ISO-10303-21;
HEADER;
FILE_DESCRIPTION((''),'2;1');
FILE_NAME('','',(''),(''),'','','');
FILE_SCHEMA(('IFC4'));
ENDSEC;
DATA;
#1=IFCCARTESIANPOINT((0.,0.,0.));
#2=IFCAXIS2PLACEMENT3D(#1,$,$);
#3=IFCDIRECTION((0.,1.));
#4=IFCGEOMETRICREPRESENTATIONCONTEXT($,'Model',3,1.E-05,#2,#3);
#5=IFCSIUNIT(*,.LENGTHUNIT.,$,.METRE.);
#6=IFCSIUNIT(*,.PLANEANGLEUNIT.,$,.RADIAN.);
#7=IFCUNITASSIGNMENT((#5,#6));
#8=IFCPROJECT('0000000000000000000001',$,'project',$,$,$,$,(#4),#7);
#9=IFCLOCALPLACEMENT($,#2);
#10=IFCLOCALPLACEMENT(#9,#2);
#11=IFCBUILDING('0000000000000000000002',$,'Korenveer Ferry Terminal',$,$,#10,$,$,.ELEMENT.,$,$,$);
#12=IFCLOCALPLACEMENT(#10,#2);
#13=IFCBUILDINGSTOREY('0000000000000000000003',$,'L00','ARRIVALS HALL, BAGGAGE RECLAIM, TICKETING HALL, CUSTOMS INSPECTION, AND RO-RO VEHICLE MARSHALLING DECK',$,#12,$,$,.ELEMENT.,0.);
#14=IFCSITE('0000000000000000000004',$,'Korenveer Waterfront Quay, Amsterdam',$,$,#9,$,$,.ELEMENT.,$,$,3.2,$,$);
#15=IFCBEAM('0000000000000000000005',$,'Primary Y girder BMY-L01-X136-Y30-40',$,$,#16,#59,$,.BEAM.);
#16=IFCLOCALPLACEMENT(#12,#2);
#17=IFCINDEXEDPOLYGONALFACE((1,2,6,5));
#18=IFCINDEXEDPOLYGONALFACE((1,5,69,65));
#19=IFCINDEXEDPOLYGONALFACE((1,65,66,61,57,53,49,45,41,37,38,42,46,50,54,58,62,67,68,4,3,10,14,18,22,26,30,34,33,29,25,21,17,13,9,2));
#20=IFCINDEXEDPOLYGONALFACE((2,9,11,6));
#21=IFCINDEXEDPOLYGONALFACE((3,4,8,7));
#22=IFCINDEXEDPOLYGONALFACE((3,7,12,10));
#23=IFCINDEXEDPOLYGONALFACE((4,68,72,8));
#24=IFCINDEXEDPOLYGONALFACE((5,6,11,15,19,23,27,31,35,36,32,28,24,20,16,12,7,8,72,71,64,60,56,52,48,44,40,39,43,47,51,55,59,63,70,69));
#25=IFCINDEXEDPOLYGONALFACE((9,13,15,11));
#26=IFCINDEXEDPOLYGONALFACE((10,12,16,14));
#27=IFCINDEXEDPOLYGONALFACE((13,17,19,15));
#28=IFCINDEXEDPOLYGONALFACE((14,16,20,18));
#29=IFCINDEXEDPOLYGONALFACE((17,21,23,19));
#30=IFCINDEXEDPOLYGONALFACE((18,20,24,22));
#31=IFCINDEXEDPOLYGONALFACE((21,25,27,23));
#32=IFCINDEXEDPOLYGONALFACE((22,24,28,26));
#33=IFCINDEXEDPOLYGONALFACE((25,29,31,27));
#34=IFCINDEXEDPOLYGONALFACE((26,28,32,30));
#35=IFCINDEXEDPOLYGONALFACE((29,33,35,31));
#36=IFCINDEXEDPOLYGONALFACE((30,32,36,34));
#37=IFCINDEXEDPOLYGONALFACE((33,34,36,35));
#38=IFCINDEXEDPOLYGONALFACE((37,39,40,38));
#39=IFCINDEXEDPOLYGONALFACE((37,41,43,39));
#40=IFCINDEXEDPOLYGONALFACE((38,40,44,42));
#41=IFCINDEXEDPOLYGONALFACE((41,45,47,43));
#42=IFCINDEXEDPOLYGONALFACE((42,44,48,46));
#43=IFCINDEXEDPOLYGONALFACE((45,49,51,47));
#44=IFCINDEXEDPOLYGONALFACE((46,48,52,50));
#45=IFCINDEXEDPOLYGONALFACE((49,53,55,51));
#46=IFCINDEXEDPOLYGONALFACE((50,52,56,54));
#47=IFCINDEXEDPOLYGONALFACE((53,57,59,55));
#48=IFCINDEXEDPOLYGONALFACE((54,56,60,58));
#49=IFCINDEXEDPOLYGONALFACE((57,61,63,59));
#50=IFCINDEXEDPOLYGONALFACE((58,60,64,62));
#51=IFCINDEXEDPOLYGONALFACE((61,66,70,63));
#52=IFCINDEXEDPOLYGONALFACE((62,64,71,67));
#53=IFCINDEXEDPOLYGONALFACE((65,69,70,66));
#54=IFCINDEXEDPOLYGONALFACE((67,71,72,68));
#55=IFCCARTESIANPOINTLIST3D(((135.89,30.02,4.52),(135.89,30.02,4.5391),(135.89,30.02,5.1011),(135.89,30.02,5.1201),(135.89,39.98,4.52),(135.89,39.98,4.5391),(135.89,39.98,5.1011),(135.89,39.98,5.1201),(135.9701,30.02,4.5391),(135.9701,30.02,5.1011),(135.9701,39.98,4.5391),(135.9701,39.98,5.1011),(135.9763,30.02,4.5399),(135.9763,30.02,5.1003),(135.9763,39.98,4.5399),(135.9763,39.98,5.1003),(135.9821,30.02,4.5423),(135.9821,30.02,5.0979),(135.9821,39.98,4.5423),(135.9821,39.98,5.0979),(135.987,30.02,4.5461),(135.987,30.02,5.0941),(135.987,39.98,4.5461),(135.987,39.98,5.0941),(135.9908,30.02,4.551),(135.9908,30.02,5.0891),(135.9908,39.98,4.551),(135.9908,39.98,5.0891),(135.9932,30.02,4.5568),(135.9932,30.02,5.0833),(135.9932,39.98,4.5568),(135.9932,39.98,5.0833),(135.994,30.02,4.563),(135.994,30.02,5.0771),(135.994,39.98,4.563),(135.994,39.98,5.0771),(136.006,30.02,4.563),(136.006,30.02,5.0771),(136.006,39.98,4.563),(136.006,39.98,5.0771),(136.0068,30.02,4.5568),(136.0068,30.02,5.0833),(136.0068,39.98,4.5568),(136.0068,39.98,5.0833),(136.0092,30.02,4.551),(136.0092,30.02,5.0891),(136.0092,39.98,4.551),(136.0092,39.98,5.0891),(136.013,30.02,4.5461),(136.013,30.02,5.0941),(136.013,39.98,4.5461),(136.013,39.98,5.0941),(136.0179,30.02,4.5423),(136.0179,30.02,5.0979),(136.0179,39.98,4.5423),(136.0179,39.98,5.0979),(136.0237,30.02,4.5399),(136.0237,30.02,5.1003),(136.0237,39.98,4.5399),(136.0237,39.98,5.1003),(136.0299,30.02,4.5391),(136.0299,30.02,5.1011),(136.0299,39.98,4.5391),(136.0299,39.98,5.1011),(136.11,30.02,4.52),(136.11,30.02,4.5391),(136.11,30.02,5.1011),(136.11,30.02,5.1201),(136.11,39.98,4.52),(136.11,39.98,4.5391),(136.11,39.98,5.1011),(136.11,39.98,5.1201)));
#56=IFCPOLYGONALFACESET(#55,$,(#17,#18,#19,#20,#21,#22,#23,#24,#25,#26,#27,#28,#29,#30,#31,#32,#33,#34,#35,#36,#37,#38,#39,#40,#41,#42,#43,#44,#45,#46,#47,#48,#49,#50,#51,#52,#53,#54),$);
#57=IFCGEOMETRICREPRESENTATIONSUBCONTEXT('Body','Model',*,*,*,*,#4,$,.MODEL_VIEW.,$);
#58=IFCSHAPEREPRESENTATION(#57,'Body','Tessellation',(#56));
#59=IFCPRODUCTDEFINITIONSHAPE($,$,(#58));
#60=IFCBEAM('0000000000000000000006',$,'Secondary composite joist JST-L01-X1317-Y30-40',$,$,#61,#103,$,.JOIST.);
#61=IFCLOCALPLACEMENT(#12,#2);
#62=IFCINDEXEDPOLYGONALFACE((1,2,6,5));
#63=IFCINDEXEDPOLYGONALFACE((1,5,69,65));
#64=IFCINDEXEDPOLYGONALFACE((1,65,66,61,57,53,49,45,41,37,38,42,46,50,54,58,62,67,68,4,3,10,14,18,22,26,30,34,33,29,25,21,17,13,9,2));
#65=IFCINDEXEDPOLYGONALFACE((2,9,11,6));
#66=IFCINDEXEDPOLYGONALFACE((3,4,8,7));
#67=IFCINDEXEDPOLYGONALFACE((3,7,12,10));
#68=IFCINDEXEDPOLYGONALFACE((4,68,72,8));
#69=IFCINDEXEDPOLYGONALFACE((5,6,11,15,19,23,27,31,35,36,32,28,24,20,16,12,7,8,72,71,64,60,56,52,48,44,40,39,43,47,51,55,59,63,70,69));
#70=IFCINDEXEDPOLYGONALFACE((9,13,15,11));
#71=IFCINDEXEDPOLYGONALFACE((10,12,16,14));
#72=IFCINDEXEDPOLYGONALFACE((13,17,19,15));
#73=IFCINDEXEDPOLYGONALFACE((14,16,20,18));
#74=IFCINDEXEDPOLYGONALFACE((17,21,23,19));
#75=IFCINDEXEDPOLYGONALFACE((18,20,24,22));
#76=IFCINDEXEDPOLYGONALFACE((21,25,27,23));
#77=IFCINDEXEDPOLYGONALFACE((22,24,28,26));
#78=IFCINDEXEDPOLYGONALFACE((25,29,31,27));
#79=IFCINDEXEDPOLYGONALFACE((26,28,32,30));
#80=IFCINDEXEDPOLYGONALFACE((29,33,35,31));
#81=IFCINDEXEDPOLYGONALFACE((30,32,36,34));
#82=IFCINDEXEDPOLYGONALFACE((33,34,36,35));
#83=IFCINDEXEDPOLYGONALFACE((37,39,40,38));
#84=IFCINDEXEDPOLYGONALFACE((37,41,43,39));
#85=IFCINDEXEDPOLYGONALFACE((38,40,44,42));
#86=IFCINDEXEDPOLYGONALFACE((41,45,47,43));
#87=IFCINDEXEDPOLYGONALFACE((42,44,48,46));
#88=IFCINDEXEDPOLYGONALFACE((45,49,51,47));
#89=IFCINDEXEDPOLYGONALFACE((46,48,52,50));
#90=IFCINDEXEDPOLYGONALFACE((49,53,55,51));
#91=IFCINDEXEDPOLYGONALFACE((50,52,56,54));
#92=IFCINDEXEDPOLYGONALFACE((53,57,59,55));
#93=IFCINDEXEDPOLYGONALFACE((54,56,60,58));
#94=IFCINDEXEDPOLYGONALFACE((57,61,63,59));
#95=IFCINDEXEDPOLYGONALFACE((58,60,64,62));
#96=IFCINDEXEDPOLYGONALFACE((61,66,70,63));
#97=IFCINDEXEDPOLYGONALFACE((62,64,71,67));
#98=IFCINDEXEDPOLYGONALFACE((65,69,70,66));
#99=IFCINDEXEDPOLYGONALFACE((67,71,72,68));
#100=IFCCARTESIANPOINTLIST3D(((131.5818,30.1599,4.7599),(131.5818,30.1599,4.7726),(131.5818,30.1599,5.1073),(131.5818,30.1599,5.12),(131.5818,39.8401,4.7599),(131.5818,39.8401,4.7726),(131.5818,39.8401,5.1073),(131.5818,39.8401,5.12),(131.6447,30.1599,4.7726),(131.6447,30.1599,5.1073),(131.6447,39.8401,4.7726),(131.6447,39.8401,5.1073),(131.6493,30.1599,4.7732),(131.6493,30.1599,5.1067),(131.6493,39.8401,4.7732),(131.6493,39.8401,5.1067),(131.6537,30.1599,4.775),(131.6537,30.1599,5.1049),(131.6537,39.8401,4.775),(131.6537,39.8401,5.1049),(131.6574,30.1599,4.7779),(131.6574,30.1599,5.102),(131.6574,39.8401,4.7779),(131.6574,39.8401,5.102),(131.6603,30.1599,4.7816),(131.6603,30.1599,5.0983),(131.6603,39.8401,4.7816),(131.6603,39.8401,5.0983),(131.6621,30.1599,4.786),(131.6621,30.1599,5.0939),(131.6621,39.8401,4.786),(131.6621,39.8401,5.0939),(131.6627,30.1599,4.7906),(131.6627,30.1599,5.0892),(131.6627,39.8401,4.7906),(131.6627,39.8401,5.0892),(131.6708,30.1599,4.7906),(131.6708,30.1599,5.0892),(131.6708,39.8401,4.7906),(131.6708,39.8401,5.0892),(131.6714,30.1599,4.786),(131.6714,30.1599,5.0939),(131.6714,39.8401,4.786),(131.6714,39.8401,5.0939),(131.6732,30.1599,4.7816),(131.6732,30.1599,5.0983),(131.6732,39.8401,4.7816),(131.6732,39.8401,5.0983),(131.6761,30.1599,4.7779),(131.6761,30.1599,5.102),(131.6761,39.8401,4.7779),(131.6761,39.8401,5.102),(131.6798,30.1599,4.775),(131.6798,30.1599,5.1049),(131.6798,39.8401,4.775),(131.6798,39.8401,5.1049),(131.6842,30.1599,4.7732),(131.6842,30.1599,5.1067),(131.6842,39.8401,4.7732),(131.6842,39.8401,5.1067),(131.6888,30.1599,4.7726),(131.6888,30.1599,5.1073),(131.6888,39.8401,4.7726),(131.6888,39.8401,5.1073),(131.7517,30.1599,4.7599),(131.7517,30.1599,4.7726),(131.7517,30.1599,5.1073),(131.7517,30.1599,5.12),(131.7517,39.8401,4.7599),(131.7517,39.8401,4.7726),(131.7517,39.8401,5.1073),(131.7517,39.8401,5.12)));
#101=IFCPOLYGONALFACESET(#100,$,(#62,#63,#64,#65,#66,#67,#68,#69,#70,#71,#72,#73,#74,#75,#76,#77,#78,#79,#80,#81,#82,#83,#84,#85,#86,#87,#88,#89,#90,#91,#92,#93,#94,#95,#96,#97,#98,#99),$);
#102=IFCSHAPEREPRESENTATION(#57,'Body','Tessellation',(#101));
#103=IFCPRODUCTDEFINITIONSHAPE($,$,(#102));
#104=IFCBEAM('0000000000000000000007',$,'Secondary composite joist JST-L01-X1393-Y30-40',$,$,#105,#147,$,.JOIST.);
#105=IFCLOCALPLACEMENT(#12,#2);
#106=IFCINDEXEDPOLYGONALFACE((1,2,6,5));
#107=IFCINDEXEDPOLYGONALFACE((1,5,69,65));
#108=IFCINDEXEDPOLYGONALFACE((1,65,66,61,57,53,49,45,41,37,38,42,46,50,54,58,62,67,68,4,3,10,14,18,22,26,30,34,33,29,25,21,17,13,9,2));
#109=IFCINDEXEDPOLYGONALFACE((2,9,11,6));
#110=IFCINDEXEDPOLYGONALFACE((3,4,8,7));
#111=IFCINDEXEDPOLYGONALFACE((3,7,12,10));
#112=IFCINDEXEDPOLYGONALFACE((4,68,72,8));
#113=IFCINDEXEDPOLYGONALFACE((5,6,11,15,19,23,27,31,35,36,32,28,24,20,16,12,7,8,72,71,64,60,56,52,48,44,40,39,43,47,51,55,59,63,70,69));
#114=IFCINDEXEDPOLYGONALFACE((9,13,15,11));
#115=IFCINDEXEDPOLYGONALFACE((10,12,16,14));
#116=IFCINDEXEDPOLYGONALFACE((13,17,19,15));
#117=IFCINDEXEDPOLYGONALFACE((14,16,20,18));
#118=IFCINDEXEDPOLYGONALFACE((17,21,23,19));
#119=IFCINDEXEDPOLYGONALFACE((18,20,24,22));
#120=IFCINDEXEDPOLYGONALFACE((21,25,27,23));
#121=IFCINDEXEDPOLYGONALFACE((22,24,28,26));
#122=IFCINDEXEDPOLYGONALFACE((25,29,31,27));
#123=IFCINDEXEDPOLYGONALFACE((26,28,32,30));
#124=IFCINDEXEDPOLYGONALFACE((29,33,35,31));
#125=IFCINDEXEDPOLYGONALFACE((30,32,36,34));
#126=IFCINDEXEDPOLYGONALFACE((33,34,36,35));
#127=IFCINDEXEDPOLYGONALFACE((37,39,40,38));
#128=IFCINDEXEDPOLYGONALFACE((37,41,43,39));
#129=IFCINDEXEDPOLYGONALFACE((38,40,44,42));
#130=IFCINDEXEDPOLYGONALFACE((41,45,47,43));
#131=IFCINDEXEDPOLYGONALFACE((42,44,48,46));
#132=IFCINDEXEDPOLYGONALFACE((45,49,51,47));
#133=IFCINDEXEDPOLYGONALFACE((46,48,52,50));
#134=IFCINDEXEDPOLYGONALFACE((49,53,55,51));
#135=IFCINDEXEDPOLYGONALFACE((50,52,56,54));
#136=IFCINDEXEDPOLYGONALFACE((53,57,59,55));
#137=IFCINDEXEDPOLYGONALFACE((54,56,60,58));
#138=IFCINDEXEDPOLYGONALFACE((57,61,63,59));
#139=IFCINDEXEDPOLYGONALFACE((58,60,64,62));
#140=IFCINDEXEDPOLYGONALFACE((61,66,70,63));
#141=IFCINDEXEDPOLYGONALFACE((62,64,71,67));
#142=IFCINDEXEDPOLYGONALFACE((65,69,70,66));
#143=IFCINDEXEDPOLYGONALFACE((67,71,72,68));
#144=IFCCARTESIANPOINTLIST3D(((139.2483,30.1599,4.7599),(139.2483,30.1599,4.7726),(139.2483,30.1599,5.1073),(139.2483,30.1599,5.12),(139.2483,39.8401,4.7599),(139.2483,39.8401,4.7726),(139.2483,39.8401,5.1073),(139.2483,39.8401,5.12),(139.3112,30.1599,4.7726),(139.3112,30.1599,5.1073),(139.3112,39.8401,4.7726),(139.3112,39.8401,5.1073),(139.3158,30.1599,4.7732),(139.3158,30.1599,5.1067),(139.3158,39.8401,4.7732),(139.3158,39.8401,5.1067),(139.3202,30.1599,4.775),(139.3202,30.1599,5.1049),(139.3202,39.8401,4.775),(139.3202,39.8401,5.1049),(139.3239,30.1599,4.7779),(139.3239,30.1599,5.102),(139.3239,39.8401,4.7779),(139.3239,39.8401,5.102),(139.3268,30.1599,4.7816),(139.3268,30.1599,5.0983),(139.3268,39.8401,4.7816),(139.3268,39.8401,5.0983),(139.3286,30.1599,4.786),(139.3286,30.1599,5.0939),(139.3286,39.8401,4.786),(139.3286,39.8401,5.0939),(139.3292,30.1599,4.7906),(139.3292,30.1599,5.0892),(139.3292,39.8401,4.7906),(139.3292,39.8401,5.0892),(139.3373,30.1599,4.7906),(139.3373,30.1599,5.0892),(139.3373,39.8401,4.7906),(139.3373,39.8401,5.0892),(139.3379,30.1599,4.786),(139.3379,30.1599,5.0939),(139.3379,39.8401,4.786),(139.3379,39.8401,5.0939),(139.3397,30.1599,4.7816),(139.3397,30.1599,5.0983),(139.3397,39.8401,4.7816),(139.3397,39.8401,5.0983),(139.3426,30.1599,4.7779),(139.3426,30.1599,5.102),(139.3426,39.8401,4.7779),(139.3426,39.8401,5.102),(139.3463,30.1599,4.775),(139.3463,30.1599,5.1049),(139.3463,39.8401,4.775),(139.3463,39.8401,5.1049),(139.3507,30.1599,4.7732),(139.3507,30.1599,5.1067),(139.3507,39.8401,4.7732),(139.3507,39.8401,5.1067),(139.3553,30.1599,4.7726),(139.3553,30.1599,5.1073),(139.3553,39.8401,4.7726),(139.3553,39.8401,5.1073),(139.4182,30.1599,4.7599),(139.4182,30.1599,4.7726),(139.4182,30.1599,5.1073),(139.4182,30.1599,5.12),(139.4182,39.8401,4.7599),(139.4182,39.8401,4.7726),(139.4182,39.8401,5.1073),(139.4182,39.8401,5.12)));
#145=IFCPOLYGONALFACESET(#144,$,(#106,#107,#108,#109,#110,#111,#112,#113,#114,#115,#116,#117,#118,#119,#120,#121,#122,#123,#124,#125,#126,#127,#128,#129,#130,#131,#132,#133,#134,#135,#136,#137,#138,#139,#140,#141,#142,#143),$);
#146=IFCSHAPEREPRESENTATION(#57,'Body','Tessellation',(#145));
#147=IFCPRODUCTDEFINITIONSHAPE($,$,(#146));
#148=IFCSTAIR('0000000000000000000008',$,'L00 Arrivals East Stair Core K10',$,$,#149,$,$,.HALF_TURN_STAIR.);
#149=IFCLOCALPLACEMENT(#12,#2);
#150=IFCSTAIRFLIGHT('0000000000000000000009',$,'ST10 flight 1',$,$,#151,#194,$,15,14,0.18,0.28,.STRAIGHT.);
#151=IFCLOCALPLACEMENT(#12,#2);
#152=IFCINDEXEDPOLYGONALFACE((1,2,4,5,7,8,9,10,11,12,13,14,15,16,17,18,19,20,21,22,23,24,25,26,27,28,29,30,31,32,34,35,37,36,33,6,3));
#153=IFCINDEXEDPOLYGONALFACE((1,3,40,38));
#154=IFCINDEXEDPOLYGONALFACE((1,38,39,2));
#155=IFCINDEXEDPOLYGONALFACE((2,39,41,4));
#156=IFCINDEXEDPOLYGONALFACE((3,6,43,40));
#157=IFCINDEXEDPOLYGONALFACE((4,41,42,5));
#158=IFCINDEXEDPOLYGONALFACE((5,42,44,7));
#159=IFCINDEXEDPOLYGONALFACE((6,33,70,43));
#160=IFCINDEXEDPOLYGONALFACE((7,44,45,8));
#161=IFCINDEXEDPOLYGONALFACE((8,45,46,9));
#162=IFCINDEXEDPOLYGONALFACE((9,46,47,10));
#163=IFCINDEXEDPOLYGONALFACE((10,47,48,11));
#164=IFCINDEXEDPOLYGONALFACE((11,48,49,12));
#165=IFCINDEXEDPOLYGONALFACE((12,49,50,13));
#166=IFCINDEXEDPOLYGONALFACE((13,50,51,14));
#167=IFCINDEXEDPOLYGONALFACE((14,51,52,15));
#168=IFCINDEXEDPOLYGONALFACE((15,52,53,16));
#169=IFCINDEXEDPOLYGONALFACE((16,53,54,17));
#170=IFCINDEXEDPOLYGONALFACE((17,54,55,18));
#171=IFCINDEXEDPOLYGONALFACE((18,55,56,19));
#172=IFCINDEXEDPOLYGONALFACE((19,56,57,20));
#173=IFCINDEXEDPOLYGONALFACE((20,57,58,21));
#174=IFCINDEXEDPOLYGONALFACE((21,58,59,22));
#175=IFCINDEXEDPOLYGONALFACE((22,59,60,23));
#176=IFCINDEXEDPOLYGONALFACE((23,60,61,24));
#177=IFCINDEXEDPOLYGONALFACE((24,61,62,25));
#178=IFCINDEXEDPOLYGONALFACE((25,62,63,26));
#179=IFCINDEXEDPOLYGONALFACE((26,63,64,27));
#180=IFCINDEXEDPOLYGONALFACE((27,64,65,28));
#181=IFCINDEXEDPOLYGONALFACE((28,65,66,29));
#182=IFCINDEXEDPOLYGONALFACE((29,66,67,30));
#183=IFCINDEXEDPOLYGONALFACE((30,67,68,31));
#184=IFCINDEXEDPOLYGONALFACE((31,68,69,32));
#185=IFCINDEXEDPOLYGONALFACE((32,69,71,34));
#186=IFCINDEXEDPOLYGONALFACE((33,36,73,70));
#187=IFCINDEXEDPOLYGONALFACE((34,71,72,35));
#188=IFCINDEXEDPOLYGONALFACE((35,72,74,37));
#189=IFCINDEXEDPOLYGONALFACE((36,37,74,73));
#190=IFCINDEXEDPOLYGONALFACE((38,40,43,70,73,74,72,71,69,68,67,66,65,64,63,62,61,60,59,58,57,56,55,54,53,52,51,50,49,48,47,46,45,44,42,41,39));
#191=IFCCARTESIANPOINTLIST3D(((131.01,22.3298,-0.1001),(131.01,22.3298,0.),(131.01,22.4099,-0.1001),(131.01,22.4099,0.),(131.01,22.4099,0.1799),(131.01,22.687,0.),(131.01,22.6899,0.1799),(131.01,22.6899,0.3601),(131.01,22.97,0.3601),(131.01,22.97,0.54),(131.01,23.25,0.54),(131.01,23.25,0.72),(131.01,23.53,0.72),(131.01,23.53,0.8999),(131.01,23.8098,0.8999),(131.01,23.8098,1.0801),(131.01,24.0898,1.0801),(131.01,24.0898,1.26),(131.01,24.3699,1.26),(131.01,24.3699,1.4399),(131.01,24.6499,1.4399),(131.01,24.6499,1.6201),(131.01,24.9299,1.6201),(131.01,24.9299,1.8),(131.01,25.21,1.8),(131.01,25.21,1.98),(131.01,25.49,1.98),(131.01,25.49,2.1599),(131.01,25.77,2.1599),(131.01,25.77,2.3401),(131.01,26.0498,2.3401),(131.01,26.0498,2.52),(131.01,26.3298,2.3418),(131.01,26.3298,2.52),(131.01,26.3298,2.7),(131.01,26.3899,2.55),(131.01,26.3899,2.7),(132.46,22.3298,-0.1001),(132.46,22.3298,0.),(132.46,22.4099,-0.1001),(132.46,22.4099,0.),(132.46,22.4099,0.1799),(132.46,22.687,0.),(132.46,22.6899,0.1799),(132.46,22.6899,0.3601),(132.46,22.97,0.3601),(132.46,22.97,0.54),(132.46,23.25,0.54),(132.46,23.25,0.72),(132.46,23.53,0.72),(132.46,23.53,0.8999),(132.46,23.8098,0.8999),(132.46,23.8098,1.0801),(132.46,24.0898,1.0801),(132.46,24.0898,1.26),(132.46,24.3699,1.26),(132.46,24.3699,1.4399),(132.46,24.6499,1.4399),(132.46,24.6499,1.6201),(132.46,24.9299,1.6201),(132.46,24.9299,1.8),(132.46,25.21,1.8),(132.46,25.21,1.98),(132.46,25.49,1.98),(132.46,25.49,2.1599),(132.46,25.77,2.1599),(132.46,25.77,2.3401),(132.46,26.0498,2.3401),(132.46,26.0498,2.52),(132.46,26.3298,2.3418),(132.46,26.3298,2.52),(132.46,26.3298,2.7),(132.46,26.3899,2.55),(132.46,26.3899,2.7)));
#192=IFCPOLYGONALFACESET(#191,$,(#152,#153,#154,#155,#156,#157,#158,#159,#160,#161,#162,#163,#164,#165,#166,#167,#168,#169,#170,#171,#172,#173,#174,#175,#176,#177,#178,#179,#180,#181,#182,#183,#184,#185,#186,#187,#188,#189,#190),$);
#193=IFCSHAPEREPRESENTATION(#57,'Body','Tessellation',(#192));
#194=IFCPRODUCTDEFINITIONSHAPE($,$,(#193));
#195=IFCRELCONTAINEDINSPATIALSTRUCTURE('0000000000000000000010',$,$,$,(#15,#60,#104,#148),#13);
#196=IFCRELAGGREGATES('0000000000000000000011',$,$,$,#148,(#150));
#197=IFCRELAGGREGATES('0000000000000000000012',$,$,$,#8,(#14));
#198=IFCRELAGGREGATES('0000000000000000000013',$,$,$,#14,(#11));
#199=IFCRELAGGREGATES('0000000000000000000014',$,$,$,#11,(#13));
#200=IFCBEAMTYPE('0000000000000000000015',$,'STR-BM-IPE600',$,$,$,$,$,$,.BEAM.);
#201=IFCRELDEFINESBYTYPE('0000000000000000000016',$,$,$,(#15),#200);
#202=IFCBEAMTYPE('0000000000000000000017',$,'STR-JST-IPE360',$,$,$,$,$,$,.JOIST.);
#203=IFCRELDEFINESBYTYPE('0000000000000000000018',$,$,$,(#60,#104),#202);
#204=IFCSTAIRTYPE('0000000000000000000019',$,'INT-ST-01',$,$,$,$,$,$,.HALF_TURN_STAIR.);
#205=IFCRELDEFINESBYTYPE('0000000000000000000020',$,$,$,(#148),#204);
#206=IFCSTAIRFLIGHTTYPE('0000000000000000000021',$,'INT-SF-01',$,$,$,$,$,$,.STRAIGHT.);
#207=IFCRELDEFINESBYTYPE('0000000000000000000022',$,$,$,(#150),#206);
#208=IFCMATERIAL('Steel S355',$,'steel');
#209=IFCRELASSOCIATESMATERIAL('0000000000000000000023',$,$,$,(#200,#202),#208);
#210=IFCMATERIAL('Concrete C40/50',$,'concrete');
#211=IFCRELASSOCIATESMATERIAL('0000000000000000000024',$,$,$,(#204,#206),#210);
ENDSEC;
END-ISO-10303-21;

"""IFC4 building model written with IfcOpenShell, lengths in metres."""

from ifc_helpers import new_model, si_unit, direction, frame, origin, origin_2d, place, context, subcontext, project, spatial, polyline, i_section, outline, extrude, material, material_profile, profile_set, type_object, element, aggregate, save


model = new_model("IFC4")

# Units and contexts
model_context = context("Model", 3, precision=1e-05, world=origin(), true_north=direction((0.0, 1.0)))
body_context = subcontext(model_context, "Body", "Model", "MODEL_VIEW")
ifc_project = project(units=[si_unit("LENGTHUNIT", "METRE"), si_unit("PLANEANGLEUNIT", "RADIAN")], contexts=[model_context])

# Site, building, storey
site_placement = place(None, origin())
site = spatial("IfcSite", under=ifc_project, at=site_placement, Name="Korenveer Waterfront Quay, Amsterdam", CompositionType="ELEMENT", RefElevation=3.2)
building_placement = place(site_placement, origin())
building = spatial("IfcBuilding", under=site, at=building_placement, Name="Korenveer Ferry Terminal", CompositionType="ELEMENT")
storey_placement = place(building_placement, origin())
storey = spatial("IfcBuildingStorey", under=building, at=storey_placement, Name="L00", Description="ARRIVALS HALL, BAGGAGE RECLAIM, TICKETING HALL, CUSTOMS INSPECTION, AND RO-RO VEHICLE MARSHALLING DECK", CompositionType="ELEMENT", Elevation=0.0)

# Shared definitions
ifc_material_1 = material(Name="Concrete C40/50", Category="concrete")

# Beams
ifc_material_2 = material(Name="Steel S355", Category="steel")
ifc_material_profile_1 = material_profile(ifc_material_2, i_section(OverallWidth=0.22, OverallDepth=0.6001, WebThickness=0.012, FlangeThickness=0.019, FilletRadius=0.0239, at=origin_2d()), Name="IPE 600")
ifc_profile_set_1 = profile_set([ifc_material_profile_1], Name="Steel S355")
beam_type_1 = type_object("IfcBeamType", Name="STR-BM-IPE600", PredefinedType="BEAM", material=ifc_profile_set_1)
beam_1_placement = place(storey_placement, frame((136.0, 30.02, 4.8201), z_axis=(0.0, 1.0, 0.0), x_axis=(-1.0, 0.0, 0.0)))
element("IfcBeam", 1, at=beam_1_placement, inside=storey, type_object=beam_type_1, Name="Primary Y girder BMY-L01-X136-Y30-40", PredefinedType="BEAM", context=body_context, shape_type="SweptSolid", body=[
    extrude(i_section(OverallWidth=0.22, OverallDepth=0.6001, WebThickness=0.012, FlangeThickness=0.019, FilletRadius=0.0239, at=origin_2d()), origin(), (0.0, 0.0, 1.0), 9.96),
])
ifc_material_profile_2 = material_profile(ifc_material_2, i_section(OverallWidth=0.1699, OverallDepth=0.3601, WebThickness=0.0081, FlangeThickness=0.0127, FilletRadius=0.0181, at=origin_2d()), Name="IPE 360")
ifc_profile_set_2 = profile_set([ifc_material_profile_2], Name="Steel S355")
beam_type_2 = type_object("IfcBeamType", Name="STR-JST-IPE360", PredefinedType="JOIST", material=ifc_profile_set_2)
for number, where, z_axis, x_axis, name in (
    (2, (131.6667, 30.1599, 4.9399), (0.0, 1.0, 0.0), (-1.0, 0.0, 0.0), "Secondary composite joist JST-L01-X1317-Y30-40"),
    (3, (139.3333, 30.1599, 4.9399), (0.0, 1.0, 0.0), (-1.0, 0.0, 0.0), "Secondary composite joist JST-L01-X1393-Y30-40"),
):
    element("IfcBeam", number, at=place(storey_placement, frame(where, z_axis=z_axis, x_axis=x_axis)), inside=storey, type_object=beam_type_2, Name=name, PredefinedType="JOIST", context=body_context, shape_type="SweptSolid", body=[
        extrude(i_section(OverallWidth=0.1699, OverallDepth=0.3601, WebThickness=0.0081, FlangeThickness=0.0127, FilletRadius=0.0181, at=origin_2d()), origin(), (0.0, 0.0, 1.0), 9.6802),
    ])

# Stair, stair flight
stair_type = type_object("IfcStairType", Name="INT-ST-01", PredefinedType="HALF_TURN_STAIR", material=ifc_material_1)
stair_placement = place(storey_placement, frame((131.7351, 22.4099, 0.0)))
stair = element("IfcStair", 4, at=stair_placement, inside=storey, type_object=stair_type, Name="L00 Arrivals East Stair Core K10", PredefinedType="HALF_TURN_STAIR")
stair_flight_type = type_object("IfcStairFlightType", Name="INT-SF-01", PredefinedType="STRAIGHT", material=ifc_material_1)
stair_flight_placement = place(storey_placement, frame((131.7351, 22.4099, 0.0), z_axis=(0.0, 0.0, 1.0), x_axis=(0.0, 1.0, 0.0)))
stair_flight = element("IfcStairFlight", 5, at=stair_flight_placement, type_object=stair_flight_type, Name="ST10 flight 1", NumberOfRisers=15, NumberOfTreads=14, PredefinedType="STRAIGHT", RiserHeight=0.18, TreadLength=0.28, context=body_context, shape_type="SweptSolid", body=[
    extrude(outline(polyline([(-0.0801, 0.0), (0.0, 0.0), (0.0, 0.1799), (0.28, 0.1799), (0.28, 0.3601), (0.5601, 0.3601), (0.5601, 0.54), (0.8401, 0.54), (0.8401, 0.72), (1.1201, 0.72), (1.1201, 0.8999), (1.3999, 0.8999), (1.3999, 1.0801), (1.6799, 1.0801), (1.6799, 1.26), (1.96, 1.26), (1.96, 1.4399), (2.24, 1.4399), (2.24, 1.6201), (2.52, 1.6201), (2.52, 1.8), (2.8, 1.8), (2.8, 1.98), (3.0801, 1.98), (3.0801, 2.1599), (3.3601, 2.1599), (3.3601, 2.3401), (3.6399, 2.3401), (3.6399, 2.52), (3.9199, 2.52), (3.9199, 2.7), (3.98, 2.7), (3.98, 2.55), (3.9199, 2.3418), (0.2771, 0.0), (0.0, -0.1001), (-0.0801, -0.1001), (-0.0801, 0.0)])), frame((0.0, 0.7251, 0.0), z_axis=(0.0, -1.0, 0.0), x_axis=(1.0, 0.0, 0.0)), (0.0, 0.0, 1.0), 1.45),
])
aggregate(stair, [stair_flight])

save(model, "model.ifc")
